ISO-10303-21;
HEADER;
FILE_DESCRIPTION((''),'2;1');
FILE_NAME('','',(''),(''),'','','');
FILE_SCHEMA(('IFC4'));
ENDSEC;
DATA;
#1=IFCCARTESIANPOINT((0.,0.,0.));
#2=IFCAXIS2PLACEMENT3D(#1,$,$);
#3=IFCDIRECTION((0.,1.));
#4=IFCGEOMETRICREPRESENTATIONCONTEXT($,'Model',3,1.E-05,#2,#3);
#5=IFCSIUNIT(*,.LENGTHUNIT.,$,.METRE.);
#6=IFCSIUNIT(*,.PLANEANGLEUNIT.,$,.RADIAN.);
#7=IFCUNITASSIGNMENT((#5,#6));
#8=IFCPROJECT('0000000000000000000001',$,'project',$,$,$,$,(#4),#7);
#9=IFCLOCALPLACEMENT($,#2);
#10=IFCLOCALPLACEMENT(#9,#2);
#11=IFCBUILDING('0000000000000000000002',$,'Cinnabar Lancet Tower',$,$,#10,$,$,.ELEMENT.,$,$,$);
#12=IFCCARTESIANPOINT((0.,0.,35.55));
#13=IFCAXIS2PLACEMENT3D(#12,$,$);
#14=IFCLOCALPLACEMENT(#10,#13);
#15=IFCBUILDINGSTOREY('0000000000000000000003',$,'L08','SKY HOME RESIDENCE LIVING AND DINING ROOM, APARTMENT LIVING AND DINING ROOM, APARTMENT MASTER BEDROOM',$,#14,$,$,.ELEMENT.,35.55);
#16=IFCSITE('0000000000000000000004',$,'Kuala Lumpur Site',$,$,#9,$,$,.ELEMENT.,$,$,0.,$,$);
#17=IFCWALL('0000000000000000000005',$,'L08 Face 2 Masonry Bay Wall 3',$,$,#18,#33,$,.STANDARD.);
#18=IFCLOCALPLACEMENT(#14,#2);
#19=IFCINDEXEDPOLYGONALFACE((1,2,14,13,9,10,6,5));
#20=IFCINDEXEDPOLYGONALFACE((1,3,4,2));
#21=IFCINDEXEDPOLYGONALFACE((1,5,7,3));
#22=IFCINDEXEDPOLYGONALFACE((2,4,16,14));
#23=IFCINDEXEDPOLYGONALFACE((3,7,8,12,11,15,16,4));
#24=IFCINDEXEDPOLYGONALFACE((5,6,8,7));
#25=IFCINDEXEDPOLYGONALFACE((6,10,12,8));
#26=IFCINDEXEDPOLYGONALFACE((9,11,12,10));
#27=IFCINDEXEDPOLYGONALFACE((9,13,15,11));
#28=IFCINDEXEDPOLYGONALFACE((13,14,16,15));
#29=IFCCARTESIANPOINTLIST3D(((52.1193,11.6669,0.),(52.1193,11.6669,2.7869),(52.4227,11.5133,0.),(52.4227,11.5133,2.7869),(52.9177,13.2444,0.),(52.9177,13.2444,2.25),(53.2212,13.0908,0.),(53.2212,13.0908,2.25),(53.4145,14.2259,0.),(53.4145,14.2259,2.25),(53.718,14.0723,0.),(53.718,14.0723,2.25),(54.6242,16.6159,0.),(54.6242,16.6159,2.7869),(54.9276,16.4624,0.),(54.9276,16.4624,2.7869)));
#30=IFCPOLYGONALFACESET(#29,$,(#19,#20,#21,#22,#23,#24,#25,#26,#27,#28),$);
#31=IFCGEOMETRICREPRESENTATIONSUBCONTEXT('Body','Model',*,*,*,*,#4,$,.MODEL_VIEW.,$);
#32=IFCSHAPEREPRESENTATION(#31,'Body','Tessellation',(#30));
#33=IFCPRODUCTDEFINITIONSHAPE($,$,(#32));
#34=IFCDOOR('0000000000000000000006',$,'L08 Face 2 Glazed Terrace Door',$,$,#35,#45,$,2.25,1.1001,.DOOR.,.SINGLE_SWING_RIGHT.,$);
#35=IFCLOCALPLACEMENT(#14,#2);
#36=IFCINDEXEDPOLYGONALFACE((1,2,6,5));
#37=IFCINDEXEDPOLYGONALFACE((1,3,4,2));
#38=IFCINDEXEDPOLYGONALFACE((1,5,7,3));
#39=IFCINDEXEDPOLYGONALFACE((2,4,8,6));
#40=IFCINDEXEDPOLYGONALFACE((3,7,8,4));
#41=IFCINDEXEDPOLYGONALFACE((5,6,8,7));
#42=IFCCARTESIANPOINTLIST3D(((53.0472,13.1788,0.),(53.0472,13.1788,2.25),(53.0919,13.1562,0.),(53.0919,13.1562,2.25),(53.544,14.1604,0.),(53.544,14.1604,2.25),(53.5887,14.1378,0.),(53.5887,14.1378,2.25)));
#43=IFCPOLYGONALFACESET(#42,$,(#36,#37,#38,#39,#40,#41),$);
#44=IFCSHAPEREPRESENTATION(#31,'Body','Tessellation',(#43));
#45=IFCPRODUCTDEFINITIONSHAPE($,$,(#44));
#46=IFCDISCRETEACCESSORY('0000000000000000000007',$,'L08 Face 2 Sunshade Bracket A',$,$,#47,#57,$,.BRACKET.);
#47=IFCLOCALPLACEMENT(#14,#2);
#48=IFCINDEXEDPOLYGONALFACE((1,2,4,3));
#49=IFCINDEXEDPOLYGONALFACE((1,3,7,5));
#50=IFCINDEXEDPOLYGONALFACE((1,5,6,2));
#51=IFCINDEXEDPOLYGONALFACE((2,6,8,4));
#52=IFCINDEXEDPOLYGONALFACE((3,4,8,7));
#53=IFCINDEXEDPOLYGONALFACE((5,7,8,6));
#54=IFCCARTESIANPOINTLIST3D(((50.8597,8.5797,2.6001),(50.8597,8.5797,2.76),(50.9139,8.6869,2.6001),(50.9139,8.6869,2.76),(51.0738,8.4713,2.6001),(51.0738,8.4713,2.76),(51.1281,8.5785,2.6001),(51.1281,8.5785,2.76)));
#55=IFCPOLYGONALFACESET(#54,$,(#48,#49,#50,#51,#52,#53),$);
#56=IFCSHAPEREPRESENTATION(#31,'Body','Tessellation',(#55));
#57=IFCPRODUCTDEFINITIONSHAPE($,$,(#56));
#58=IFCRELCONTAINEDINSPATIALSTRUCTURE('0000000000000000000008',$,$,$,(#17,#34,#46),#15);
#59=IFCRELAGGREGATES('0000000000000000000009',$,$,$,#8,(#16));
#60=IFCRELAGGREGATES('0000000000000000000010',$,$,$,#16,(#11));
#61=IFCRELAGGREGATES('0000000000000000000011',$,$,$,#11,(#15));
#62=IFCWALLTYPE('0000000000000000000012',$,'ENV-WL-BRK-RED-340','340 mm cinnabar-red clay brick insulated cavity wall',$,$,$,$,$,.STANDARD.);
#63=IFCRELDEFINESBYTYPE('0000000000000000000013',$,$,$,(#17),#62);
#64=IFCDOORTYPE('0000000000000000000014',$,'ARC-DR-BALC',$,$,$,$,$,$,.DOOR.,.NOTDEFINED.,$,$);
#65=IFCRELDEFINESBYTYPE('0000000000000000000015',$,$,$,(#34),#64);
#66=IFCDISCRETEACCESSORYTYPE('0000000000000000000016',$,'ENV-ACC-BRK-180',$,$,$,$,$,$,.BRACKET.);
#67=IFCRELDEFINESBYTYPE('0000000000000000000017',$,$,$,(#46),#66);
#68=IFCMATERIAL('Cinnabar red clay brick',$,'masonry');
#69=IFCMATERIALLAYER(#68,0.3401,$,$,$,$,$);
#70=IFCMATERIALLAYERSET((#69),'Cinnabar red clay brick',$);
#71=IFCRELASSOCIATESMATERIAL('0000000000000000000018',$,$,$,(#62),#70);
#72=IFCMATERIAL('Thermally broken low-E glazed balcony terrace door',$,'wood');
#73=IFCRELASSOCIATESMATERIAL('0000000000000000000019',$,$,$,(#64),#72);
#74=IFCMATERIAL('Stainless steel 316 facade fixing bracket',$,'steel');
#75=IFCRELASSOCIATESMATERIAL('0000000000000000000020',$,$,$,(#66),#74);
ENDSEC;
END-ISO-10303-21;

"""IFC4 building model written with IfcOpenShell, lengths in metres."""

from ifc_helpers import new_model, si_unit, direction, frame, frame_2d, origin, origin_2d, place, context, subcontext, project, spatial, rectangle, extrude, material, layer, layer_set, type_object, element, fill, save


model = new_model("IFC4")

# Units and contexts
model_context = context("Model", 3, precision=1e-05, world=origin(), true_north=direction((0.0, 1.0)))
body_context = subcontext(model_context, "Body", "Model", "MODEL_VIEW")
ifc_project = project(units=[si_unit("LENGTHUNIT", "METRE"), si_unit("PLANEANGLEUNIT", "RADIAN")], contexts=[model_context])

# Site, building, storey
site_placement = place(None, origin())
site = spatial("IfcSite", under=ifc_project, at=site_placement, Name="Kuala Lumpur Site", CompositionType="ELEMENT", RefElevation=0.0)
building_placement = place(site_placement, origin())
building = spatial("IfcBuilding", under=site, at=building_placement, Name="Cinnabar Lancet Tower", CompositionType="ELEMENT")
storey_placement = place(building_placement, frame((0.0, 0.0, 35.55)))
storey = spatial("IfcBuildingStorey", under=building, at=storey_placement, Name="L08", Description="SKY HOME RESIDENCE LIVING AND DINING ROOM, APARTMENT LIVING AND DINING ROOM, APARTMENT MASTER BEDROOM", CompositionType="ELEMENT", Elevation=35.55)

# Shared definitions
ifc_material_1 = material(Name="Cinnabar red clay brick", Category="masonry")
ifc_layer_1 = layer(ifc_material_1, 0.3401)
ifc_layer_set_1 = layer_set([ifc_layer_1], Name="Cinnabar red clay brick")
wall_type_1 = type_object("IfcWallType", Name="ENV-WL-BRK-RED-340", Description="340 mm cinnabar-red clay brick insulated cavity wall", PredefinedType="STANDARD", material=ifc_layer_set_1)

# Wall, opening, door
wall_1_placement = place(storey_placement, frame((52.271, 11.5901, 0.0), z_axis=(0.0, 0.0, 1.0), x_axis=(0.451592, 0.892225, 0.0)))
wall_1 = element("IfcWall", 1, at=wall_1_placement, inside=storey, type_object=wall_type_1, Name="L08 Face 2 Masonry Bay Wall 3", PredefinedType="STANDARD", context=body_context, shape_type="SweptSolid", body=[
    extrude(rectangle(XDim=5.5469, YDim=0.3401, at=frame_2d((2.7734, 0.0))), origin(), (0.0, 0.0, 1.0), 2.7869),
])
opening_1_placement = place(wall_1_placement, frame((1.7681, 0.0, 0.0)))
opening_1 = element("IfcOpeningElement", 2, at=opening_1_placement, cuts=wall_1, PredefinedType="OPENING", context=body_context, shape_type="SweptSolid", body=[
    extrude(rectangle(XDim=1.1001, YDim=2.25, at=frame_2d((0.55, 1.125))), frame((0.0, 0.1799, 0.0), z_axis=(0.0, -1.0, 0.0), x_axis=(1.0, 0.0, 0.0)), (0.0, 0.0, 1.0), 0.3601),
])
ifc_material_2 = material(Name="Thermally broken low-E glazed balcony terrace door", Category="wood")
door_type = type_object("IfcDoorType", Name="ARC-DR-BALC", OperationType="NOTDEFINED", PredefinedType="DOOR", material=ifc_material_2)
door_placement = place(opening_1_placement, origin())
door = element("IfcDoor", 3, at=door_placement, inside=storey, type_object=door_type, Name="L08 Face 2 Glazed Terrace Door", OperationType="SINGLE_SWING_RIGHT", OverallHeight=2.25, OverallWidth=1.1001, PredefinedType="DOOR", context=body_context, shape_type="SweptSolid", body=[
    extrude(rectangle(XDim=1.1001, YDim=2.25, at=frame_2d((0.55, 1.125))), frame((0.0, 0.0249, 0.0), z_axis=(0.0, -1.0, 0.0), x_axis=(1.0, 0.0, 0.0)), (0.0, 0.0, 1.0), 0.05),
])
fill(opening_1, door)

# Discrete accessory
ifc_material_3 = material(Name="Stainless steel 316 facade fixing bracket", Category="steel")
discrete_accessory_type = type_object("IfcDiscreteAccessoryType", Name="ENV-ACC-BRK-180", PredefinedType="BRACKET", material=ifc_material_3)
discrete_accessory_placement = place(storey_placement, frame((50.9939, 8.5791, 2.6001), z_axis=(0.0, 0.0, 1.0), x_axis=(0.451501, 0.892271, 0.0)))
element("IfcDiscreteAccessory", 4, at=discrete_accessory_placement, inside=storey, type_object=discrete_accessory_type, Name="L08 Face 2 Sunshade Bracket A", PredefinedType="BRACKET", context=body_context, shape_type="SweptSolid", body=[
    extrude(rectangle(XDim=0.1201, YDim=0.24, at=origin_2d()), origin(), (0.0, 0.0, 1.0), 0.1599),
])

save(model, "model.ifc")
